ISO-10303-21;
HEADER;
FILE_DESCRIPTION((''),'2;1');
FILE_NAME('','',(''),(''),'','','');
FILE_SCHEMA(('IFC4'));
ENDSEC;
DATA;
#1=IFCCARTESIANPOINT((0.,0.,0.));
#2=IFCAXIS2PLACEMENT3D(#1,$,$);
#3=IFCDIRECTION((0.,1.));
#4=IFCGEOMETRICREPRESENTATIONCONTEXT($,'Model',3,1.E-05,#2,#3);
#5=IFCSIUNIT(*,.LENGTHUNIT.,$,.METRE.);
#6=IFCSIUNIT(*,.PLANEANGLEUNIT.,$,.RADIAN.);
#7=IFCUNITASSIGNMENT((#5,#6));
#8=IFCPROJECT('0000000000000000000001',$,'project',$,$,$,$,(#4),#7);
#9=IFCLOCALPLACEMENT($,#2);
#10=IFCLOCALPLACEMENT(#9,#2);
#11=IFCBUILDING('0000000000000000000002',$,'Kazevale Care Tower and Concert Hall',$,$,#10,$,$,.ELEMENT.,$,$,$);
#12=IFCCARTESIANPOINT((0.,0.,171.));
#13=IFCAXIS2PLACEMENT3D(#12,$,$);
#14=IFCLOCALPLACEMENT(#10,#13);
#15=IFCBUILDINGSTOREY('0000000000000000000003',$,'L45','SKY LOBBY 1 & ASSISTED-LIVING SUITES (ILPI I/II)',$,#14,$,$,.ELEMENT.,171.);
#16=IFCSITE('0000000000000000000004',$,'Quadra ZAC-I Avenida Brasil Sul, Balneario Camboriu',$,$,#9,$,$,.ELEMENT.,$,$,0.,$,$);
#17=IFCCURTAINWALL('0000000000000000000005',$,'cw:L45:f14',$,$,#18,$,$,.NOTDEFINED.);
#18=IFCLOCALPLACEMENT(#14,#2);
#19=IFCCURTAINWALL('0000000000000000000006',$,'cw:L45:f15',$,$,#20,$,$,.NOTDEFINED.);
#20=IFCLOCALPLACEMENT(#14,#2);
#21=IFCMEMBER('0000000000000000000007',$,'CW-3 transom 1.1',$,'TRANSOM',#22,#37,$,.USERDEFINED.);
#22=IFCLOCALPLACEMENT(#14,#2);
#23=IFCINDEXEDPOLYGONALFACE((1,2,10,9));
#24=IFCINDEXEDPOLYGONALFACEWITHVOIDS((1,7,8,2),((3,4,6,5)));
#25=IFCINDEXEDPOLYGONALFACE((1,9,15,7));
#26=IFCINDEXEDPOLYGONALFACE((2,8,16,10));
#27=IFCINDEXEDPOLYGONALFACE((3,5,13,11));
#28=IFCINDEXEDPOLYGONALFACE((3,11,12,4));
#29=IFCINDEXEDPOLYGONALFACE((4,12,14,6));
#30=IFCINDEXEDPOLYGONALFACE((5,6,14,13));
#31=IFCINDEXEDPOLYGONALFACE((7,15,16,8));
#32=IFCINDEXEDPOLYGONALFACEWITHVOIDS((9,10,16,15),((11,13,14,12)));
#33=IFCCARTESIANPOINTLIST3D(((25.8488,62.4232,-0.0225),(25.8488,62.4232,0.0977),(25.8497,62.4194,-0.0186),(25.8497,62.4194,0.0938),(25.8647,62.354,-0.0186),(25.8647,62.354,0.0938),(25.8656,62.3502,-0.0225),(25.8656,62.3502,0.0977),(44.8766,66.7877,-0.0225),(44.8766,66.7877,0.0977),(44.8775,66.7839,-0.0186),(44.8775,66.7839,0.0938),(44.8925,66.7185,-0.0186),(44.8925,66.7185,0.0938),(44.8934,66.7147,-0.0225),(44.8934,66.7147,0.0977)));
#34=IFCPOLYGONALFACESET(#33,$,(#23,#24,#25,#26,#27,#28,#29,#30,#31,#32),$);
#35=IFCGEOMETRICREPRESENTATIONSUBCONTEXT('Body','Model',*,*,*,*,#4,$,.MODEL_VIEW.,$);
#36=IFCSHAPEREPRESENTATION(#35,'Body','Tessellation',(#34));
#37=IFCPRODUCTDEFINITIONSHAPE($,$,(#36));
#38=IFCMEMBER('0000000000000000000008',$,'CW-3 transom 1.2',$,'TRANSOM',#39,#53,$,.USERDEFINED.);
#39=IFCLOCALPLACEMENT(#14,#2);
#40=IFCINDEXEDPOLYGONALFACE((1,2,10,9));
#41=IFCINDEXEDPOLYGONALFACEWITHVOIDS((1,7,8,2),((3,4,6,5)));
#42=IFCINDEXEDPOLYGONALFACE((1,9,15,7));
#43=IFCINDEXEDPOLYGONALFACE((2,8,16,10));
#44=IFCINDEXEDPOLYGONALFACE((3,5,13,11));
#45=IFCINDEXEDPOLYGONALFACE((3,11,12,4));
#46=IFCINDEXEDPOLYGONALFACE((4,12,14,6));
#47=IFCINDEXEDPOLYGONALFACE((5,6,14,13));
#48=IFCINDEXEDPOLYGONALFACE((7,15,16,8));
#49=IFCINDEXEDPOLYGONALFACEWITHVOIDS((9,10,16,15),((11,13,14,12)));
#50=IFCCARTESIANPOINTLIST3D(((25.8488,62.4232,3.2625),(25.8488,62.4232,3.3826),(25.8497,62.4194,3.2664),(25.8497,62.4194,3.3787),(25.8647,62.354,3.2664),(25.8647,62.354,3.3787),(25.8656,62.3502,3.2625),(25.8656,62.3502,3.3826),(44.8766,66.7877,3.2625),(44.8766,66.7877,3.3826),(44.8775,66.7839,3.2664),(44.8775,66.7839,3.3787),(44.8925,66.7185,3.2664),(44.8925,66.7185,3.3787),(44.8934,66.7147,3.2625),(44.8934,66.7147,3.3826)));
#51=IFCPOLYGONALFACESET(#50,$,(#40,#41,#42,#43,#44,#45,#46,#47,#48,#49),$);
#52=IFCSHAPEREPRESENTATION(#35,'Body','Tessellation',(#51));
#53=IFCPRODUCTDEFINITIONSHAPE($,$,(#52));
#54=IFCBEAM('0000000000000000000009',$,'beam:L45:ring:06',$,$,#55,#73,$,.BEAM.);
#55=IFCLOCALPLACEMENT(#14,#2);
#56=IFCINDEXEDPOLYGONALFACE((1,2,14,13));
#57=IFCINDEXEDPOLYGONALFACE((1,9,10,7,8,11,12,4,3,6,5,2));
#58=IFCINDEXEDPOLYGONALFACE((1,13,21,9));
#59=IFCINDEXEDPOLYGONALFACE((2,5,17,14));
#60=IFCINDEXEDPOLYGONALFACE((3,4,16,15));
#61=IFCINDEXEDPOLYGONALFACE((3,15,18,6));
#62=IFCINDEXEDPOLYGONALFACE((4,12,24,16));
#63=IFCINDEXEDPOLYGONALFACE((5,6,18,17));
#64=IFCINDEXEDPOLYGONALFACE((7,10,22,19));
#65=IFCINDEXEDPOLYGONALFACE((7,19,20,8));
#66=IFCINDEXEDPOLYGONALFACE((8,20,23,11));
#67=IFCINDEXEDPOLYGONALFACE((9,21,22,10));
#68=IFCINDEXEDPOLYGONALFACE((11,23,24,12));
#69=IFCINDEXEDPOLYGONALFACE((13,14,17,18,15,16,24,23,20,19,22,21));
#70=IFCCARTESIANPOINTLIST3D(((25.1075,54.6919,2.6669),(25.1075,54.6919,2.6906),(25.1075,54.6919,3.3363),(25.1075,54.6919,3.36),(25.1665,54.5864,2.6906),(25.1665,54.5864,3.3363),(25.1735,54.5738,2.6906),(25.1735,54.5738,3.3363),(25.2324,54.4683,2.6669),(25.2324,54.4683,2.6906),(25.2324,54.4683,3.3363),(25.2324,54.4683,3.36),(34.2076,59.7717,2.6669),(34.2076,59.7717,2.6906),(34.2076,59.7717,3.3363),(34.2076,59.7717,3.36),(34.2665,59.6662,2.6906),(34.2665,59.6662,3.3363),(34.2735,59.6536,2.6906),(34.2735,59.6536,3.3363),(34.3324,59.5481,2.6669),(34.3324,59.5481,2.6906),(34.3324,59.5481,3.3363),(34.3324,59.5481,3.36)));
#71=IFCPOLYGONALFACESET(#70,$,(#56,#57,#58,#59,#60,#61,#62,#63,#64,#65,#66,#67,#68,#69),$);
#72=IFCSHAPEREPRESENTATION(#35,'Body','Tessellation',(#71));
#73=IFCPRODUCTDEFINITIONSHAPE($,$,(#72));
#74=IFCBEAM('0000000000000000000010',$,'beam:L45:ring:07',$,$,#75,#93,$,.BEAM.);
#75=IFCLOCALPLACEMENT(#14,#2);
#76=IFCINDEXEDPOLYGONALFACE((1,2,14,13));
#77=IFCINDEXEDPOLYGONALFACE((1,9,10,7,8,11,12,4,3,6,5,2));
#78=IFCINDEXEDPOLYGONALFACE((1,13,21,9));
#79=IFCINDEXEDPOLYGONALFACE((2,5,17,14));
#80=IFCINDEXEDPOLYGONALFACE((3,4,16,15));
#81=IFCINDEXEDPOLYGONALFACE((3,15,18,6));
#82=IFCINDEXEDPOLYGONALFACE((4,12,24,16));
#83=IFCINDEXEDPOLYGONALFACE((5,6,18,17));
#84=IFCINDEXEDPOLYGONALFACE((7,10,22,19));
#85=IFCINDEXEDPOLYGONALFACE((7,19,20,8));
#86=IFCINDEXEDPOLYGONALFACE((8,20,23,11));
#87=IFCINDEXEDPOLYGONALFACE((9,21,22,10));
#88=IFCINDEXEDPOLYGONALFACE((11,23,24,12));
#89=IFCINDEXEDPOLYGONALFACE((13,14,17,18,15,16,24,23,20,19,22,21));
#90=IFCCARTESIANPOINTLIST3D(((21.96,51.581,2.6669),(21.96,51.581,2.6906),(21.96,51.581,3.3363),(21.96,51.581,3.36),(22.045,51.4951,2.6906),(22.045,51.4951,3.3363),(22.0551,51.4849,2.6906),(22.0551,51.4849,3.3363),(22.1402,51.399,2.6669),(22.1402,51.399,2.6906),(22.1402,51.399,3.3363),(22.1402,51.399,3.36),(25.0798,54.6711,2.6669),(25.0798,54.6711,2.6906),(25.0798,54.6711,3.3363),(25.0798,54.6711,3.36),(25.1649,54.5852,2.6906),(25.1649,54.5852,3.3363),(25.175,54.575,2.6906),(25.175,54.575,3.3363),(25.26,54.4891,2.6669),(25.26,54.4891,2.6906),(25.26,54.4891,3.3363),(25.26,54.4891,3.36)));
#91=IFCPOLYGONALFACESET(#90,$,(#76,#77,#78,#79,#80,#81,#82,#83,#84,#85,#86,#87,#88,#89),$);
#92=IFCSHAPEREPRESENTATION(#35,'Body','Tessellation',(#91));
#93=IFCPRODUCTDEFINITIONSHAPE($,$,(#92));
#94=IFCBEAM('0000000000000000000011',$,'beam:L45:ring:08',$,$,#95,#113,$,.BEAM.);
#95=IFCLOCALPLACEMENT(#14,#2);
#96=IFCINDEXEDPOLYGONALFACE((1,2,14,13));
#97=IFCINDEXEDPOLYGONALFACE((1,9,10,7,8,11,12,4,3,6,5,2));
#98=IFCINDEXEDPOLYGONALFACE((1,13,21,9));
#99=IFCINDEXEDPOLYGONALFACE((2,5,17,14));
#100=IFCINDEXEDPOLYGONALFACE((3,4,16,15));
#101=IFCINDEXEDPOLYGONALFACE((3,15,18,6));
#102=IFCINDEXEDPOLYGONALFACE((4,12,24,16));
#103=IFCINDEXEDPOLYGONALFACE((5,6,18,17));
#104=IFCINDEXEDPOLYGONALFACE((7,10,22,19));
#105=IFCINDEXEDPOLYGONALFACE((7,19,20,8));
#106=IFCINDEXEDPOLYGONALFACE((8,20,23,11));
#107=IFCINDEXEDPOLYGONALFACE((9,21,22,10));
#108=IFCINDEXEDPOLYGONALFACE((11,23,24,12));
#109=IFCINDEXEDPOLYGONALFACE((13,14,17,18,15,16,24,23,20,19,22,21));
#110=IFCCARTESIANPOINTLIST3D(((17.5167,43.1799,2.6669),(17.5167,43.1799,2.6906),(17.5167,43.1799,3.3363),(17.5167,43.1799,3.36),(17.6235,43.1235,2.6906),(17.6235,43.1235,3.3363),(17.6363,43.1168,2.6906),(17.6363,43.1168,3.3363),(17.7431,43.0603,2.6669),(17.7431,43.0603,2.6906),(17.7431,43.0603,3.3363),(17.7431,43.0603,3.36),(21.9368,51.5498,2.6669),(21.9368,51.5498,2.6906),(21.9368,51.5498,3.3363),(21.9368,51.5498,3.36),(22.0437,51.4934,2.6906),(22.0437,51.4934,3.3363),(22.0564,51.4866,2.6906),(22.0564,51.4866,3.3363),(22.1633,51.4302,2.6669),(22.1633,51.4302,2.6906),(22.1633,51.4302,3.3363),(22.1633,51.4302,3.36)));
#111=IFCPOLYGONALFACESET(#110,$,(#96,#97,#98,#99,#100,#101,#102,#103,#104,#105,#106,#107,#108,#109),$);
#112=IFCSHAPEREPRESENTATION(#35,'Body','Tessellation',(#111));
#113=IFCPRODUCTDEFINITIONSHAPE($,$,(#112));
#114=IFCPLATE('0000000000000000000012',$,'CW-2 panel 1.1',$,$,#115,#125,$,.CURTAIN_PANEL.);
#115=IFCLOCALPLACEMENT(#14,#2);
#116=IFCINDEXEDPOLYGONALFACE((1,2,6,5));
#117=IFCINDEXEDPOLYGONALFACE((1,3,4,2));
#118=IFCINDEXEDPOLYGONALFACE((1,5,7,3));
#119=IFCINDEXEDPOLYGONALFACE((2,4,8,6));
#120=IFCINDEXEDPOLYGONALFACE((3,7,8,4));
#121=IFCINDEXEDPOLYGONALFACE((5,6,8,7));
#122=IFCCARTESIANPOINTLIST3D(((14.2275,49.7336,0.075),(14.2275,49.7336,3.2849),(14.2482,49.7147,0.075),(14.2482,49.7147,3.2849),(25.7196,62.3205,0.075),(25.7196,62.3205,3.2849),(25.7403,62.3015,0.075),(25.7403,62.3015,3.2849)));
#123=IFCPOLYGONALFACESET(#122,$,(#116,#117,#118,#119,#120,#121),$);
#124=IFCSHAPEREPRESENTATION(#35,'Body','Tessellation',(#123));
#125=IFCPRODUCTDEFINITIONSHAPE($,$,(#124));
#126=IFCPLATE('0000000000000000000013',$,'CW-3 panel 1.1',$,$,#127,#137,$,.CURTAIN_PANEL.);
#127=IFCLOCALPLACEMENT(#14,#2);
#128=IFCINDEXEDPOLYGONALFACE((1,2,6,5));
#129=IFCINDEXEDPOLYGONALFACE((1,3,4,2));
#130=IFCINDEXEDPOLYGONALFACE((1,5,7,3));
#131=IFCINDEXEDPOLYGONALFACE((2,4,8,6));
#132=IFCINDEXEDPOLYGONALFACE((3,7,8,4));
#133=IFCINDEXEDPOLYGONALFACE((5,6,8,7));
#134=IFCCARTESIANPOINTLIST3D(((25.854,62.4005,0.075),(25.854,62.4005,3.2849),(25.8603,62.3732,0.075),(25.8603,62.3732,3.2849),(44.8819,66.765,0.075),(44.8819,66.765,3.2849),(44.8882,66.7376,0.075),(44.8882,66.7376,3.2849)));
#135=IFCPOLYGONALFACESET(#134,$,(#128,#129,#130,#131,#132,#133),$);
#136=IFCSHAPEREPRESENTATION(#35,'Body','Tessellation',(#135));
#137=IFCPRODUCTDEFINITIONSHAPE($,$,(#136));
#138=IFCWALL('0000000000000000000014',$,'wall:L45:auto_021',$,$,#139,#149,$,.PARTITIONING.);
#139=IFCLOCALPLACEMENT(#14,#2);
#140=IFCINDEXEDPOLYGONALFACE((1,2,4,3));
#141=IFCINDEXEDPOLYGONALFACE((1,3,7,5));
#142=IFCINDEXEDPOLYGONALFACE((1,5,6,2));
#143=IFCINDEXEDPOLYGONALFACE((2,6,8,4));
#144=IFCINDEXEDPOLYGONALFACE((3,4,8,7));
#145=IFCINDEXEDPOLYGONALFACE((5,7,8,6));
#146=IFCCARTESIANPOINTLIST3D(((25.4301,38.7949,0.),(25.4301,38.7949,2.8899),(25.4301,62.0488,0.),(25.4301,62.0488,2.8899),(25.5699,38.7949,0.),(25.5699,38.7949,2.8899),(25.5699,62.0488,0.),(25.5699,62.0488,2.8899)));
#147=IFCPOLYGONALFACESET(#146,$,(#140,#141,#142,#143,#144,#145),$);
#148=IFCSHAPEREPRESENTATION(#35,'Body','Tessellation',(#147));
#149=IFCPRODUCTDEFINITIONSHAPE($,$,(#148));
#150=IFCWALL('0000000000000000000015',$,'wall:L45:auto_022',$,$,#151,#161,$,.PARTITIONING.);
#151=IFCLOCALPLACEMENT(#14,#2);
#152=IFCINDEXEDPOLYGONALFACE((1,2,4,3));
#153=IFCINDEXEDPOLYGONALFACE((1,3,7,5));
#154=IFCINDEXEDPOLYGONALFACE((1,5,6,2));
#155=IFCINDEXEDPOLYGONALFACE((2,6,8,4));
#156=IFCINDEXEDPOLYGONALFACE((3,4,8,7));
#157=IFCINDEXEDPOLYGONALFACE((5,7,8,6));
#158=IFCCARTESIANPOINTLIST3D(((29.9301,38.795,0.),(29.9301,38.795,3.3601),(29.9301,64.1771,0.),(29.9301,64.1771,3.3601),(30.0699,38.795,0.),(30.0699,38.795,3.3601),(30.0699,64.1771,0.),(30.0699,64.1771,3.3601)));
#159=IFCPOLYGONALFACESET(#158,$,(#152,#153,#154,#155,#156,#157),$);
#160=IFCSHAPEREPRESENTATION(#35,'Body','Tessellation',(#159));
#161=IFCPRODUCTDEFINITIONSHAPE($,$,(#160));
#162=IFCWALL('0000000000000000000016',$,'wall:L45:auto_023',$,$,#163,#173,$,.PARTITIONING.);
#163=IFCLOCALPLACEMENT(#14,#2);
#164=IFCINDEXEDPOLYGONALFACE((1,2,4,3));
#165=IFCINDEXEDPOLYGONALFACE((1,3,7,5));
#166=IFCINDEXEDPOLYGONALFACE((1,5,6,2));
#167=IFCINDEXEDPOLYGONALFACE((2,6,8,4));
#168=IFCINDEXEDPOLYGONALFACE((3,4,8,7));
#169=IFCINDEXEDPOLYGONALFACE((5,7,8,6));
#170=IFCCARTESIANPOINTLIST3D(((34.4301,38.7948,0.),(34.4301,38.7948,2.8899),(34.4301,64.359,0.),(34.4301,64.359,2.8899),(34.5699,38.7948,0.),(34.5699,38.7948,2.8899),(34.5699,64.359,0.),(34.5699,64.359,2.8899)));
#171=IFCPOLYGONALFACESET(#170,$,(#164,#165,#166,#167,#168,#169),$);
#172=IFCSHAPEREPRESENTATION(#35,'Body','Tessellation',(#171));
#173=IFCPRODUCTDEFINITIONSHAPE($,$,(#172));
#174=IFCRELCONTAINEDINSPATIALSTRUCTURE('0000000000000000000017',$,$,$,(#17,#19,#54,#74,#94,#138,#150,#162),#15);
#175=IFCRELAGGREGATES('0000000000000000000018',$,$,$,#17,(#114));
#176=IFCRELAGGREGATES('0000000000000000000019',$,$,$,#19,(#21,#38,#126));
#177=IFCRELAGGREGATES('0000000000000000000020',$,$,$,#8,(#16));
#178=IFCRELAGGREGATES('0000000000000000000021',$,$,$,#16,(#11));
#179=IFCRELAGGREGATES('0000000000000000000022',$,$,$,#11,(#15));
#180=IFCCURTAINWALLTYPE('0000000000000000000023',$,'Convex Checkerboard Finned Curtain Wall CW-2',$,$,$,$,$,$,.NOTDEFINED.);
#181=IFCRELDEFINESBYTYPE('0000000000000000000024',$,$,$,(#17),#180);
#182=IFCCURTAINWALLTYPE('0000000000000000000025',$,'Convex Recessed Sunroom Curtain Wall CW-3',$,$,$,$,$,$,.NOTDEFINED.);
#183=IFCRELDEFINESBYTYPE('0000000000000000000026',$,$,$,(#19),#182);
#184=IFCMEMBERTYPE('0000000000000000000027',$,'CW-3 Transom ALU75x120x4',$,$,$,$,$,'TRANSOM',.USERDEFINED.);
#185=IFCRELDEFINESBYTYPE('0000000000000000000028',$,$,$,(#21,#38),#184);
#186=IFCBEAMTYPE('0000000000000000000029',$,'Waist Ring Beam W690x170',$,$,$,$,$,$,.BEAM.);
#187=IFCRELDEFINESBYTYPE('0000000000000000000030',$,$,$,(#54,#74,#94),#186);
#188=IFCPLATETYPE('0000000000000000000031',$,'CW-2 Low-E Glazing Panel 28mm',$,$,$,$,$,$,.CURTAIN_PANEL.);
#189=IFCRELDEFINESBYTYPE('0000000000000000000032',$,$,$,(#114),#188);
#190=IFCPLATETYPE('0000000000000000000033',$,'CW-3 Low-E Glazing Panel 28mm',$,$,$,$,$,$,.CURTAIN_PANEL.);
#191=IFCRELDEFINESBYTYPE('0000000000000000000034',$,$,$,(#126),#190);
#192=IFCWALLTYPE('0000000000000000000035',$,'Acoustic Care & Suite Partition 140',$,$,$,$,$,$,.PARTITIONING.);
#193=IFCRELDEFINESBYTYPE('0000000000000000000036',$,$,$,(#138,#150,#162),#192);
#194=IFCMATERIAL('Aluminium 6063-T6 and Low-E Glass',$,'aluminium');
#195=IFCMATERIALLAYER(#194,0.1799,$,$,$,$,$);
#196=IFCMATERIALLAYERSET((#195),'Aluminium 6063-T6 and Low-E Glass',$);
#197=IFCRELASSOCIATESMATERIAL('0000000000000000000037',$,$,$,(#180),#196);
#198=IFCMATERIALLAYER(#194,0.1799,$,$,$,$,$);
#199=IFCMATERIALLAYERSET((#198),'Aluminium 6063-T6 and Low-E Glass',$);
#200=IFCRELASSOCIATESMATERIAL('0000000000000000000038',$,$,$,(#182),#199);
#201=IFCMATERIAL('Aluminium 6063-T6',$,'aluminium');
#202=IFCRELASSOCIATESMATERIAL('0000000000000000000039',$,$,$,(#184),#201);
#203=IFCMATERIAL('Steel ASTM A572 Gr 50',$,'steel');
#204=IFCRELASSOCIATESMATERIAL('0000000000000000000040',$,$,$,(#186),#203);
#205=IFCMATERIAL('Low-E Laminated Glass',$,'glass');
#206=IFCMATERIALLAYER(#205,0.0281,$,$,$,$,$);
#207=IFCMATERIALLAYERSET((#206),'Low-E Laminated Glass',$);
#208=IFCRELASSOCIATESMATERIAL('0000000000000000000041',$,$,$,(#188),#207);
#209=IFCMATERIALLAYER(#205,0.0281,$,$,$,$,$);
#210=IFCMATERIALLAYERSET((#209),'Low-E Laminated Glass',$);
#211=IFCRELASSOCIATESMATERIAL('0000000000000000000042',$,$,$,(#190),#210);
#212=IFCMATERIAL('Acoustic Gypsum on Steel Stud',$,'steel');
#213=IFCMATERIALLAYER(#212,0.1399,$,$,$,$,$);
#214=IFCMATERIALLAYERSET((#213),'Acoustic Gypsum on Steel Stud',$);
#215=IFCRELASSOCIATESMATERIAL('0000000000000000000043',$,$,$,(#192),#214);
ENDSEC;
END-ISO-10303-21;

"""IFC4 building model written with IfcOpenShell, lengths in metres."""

from ifc_helpers import new_model, si_unit, direction, frame, frame_2d, origin, origin_2d, place, context, subcontext, project, spatial, rectangle, hollow_rectangle, i_section, extrude, material, layer, layer_set, material_profile, profile_set, type_object, element, aggregate, save


model = new_model("IFC4")

# Units and contexts
model_context = context("Model", 3, precision=1e-05, world=origin(), true_north=direction((0.0, 1.0)))
body_context = subcontext(model_context, "Body", "Model", "MODEL_VIEW")
ifc_project = project(units=[si_unit("LENGTHUNIT", "METRE"), si_unit("PLANEANGLEUNIT", "RADIAN")], contexts=[model_context])

# Site, building, storey
site_placement = place(None, origin())
site = spatial("IfcSite", under=ifc_project, at=site_placement, Name="Quadra ZAC-I Avenida Brasil Sul, Balneario Camboriu", CompositionType="ELEMENT", RefElevation=0.0)
building_placement = place(site_placement, origin())
building = spatial("IfcBuilding", under=site, at=building_placement, Name="Kazevale Care Tower and Concert Hall", CompositionType="ELEMENT")
storey_placement = place(building_placement, frame((0.0, 0.0, 171.0)))
storey = spatial("IfcBuildingStorey", under=building, at=storey_placement, Name="L45", Description="SKY LOBBY 1 & ASSISTED-LIVING SUITES (ILPI I/II)", CompositionType="ELEMENT", Elevation=171.0)

# Curtain wall
ifc_material_1 = material(Name="Aluminium 6063-T6 and Low-E Glass", Category="aluminium")
ifc_layer_1 = layer(ifc_material_1, 0.1799)
ifc_layer_set_1 = layer_set([ifc_layer_1], Name="Aluminium 6063-T6 and Low-E Glass")
curtain_wall_type_1 = type_object("IfcCurtainWallType", Name="Convex Checkerboard Finned Curtain Wall CW-2", PredefinedType="NOTDEFINED", material=ifc_layer_set_1)
curtain_wall_1_placement = place(storey_placement, origin())
curtain_wall_1 = element("IfcCurtainWall", 1, at=curtain_wall_1_placement, inside=storey, type_object=curtain_wall_type_1, Name="cw:L45:f14", PredefinedType="NOTDEFINED")
ifc_material_2 = material(Name="Aluminium 6063-T6", Category="aluminium")

# Curtain wall, members
ifc_layer_2 = layer(ifc_material_1, 0.1799)
ifc_layer_set_2 = layer_set([ifc_layer_2], Name="Aluminium 6063-T6 and Low-E Glass")
curtain_wall_type_2 = type_object("IfcCurtainWallType", Name="Convex Recessed Sunroom Curtain Wall CW-3", PredefinedType="NOTDEFINED", material=ifc_layer_set_2)
curtain_wall_2_placement = place(storey_placement, origin())
curtain_wall_2 = element("IfcCurtainWall", 2, at=curtain_wall_2_placement, inside=storey, type_object=curtain_wall_type_2, Name="cw:L45:f15", PredefinedType="NOTDEFINED")
ifc_material_profile_1 = material_profile(ifc_material_2, hollow_rectangle(XDim=0.075, YDim=0.1201, WallThickness=0.0039, at=origin_2d()), Name="ALU75x120x4")
ifc_profile_set_1 = profile_set([ifc_material_profile_1], Name="Aluminium 6063-T6")
member_type_1 = type_object("IfcMemberType", Name="CW-3 Transom ALU75x120x4", ElementType="TRANSOM", PredefinedType="USERDEFINED", material=ifc_profile_set_1)
member_1_placement = place(storey_placement, frame((25.8572, 62.3867, 0.0376), z_axis=(0.974688, 0.223569, 0.0), x_axis=(-0.223569, 0.974688, 0.0)))
member_1 = element("IfcMember", 3, at=member_1_placement, type_object=member_type_1, Name="CW-3 transom 1.1", ObjectType="TRANSOM", PredefinedType="USERDEFINED", context=body_context, shape_type="SweptSolid", body=[
    extrude(hollow_rectangle(XDim=0.075, YDim=0.1201, WallThickness=0.0039, at=origin_2d()), origin(), (0.0, 0.0, 1.0), 19.522),
])
member_2_placement = place(storey_placement, frame((25.8572, 62.3867, 3.3225), z_axis=(0.974688, 0.223569, 0.0), x_axis=(-0.223569, 0.974688, 0.0)))
member_2 = element("IfcMember", 4, at=member_2_placement, type_object=member_type_1, Name="CW-3 transom 1.2", ObjectType="TRANSOM", PredefinedType="USERDEFINED", context=body_context, shape_type="SweptSolid", body=[
    extrude(hollow_rectangle(XDim=0.075, YDim=0.1201, WallThickness=0.0039, at=origin_2d()), origin(), (0.0, 0.0, 1.0), 19.522),
])

# Beams
ifc_material_3 = material(Name="Steel ASTM A572 Gr 50", Category="steel")
ifc_material_profile_2 = material_profile(ifc_material_3, i_section(OverallWidth=0.2561, OverallDepth=0.6931, WebThickness=0.0144, FlangeThickness=0.0237, at=origin_2d()), Name="W690x170")
ifc_profile_set_2 = profile_set([ifc_material_profile_2], Name="Steel ASTM A572 Gr 50")
beam_type = type_object("IfcBeamType", Name="Waist Ring Beam W690x170", PredefinedType="BEAM", material=ifc_profile_set_2)
beam_1_placement = place(storey_placement, frame((34.27, 59.6599, 3.0134), z_axis=(-0.873169, -0.487418, 0.0), x_axis=(0.487418, -0.873169, 0.0)))
element("IfcBeam", 5, at=beam_1_placement, inside=storey, type_object=beam_type, Name="beam:L45:ring:06", PredefinedType="BEAM", context=body_context, shape_type="SweptSolid", body=[
    extrude(i_section(OverallWidth=0.2561, OverallDepth=0.6931, WebThickness=0.0144, FlangeThickness=0.0237, at=origin_2d()), origin(), (0.0, 0.0, 1.0), 10.4219),
])
beam_2_placement = place(storey_placement, frame((25.1699, 54.5801, 3.0134), z_axis=(-0.71049, -0.703707, 0.0), x_axis=(0.703707, -0.71049, 0.0)))
element("IfcBeam", 6, at=beam_2_placement, inside=storey, type_object=beam_type, Name="beam:L45:ring:07", PredefinedType="BEAM", context=body_context, shape_type="SweptSolid", body=[
    extrude(i_section(OverallWidth=0.2561, OverallDepth=0.6931, WebThickness=0.0144, FlangeThickness=0.0237, at=origin_2d()), origin(), (0.0, 0.0, 1.0), 4.3911),
])
beam_3_placement = place(storey_placement, frame((22.05, 51.49, 3.0134), z_axis=(-0.466984, -0.884266, 0.0), x_axis=(0.884266, -0.466984, 0.0)))
element("IfcBeam", 7, at=beam_3_placement, inside=storey, type_object=beam_type, Name="beam:L45:ring:08", PredefinedType="BEAM", context=body_context, shape_type="SweptSolid", body=[
    extrude(i_section(OverallWidth=0.2561, OverallDepth=0.6931, WebThickness=0.0144, FlangeThickness=0.0237, at=origin_2d()), origin(), (0.0, 0.0, 1.0), 9.4653),
])

# Plates
ifc_material_4 = material(Name="Low-E Laminated Glass", Category="glass")
ifc_layer_3 = layer(ifc_material_4, 0.0281)
ifc_layer_set_3 = layer_set([ifc_layer_3], Name="Low-E Laminated Glass")
plate_type_1 = type_object("IfcPlateType", Name="CW-2 Low-E Glazing Panel 28mm", PredefinedType="CURTAIN_PANEL", material=ifc_layer_set_3)
plate_1_placement = place(storey_placement, frame((19.9839, 56.0176, 0.075), z_axis=(0.0, 0.0, 1.0), x_axis=(0.674262, 0.738492, 0.0)))
plate_1 = element("IfcPlate", 8, at=plate_1_placement, type_object=plate_type_1, Name="CW-2 panel 1.1", PredefinedType="CURTAIN_PANEL", context=body_context, shape_type="SweptSolid", body=[
    extrude(rectangle(XDim=17.0439, YDim=0.0281, at=origin_2d()), origin(), (0.0, 0.0, 1.0), 3.21),
])
aggregate(curtain_wall_1, [plate_1])
ifc_layer_4 = layer(ifc_material_4, 0.0281)
ifc_layer_set_4 = layer_set([ifc_layer_4], Name="Low-E Laminated Glass")
plate_type_2 = type_object("IfcPlateType", Name="CW-3 Low-E Glazing Panel 28mm", PredefinedType="CURTAIN_PANEL", material=ifc_layer_set_4)
plate_2_placement = place(storey_placement, frame((35.3711, 64.5691, 0.075), z_axis=(0.0, 0.0, 1.0), x_axis=(0.974688, 0.223567, 0.0)))
plate_2 = element("IfcPlate", 9, at=plate_2_placement, type_object=plate_type_2, Name="CW-3 panel 1.1", PredefinedType="CURTAIN_PANEL", context=body_context, shape_type="SweptSolid", body=[
    extrude(rectangle(XDim=19.522, YDim=0.0281, at=origin_2d()), origin(), (0.0, 0.0, 1.0), 3.21),
])
aggregate(curtain_wall_2, [member_1, member_2, plate_2])

# Walls
ifc_material_5 = material(Name="Acoustic Gypsum on Steel Stud", Category="steel")
ifc_layer_5 = layer(ifc_material_5, 0.1399)
ifc_layer_set_5 = layer_set([ifc_layer_5], Name="Acoustic Gypsum on Steel Stud")
wall_type = type_object("IfcWallType", Name="Acoustic Care & Suite Partition 140", PredefinedType="PARTITIONING", material=ifc_layer_set_5)
wall_1_placement = place(storey_placement, frame((25.5, 62.0488, 0.0), z_axis=(0.0, 0.0, 1.0), x_axis=(0.0, -1.0, 0.0)))
element("IfcWall", 10, at=wall_1_placement, inside=storey, type_object=wall_type, Name="wall:L45:auto_021", PredefinedType="PARTITIONING", context=body_context, shape_type="SweptSolid", body=[
    extrude(rectangle(XDim=23.2539, YDim=0.1399, at=frame_2d((11.627, 0.0))), origin(), (0.0, 0.0, 1.0), 2.8899),
])
wall_2_placement = place(storey_placement, frame((30.0, 64.177, 0.0), z_axis=(0.0, 0.0, 1.0), x_axis=(0.0, -1.0, 0.0)))
element("IfcWall", 11, at=wall_2_placement, inside=storey, type_object=wall_type, Name="wall:L45:auto_022", PredefinedType="PARTITIONING", context=body_context, shape_type="SweptSolid", body=[
    extrude(rectangle(XDim=25.3821, YDim=0.1399, at=frame_2d((12.6909, 0.0))), origin(), (0.0, 0.0, 1.0), 3.3601),
])
wall_3_placement = place(storey_placement, frame((34.5, 64.3591, 0.0), z_axis=(0.0, 0.0, 1.0), x_axis=(0.0, -1.0, 0.0)))
element("IfcWall", 12, at=wall_3_placement, inside=storey, type_object=wall_type, Name="wall:L45:auto_023", PredefinedType="PARTITIONING", context=body_context, shape_type="SweptSolid", body=[
    extrude(rectangle(XDim=25.5642, YDim=0.1399, at=frame_2d((12.7822, 0.0))), origin(), (0.0, 0.0, 1.0), 2.8899),
])

save(model, "model.ifc")
